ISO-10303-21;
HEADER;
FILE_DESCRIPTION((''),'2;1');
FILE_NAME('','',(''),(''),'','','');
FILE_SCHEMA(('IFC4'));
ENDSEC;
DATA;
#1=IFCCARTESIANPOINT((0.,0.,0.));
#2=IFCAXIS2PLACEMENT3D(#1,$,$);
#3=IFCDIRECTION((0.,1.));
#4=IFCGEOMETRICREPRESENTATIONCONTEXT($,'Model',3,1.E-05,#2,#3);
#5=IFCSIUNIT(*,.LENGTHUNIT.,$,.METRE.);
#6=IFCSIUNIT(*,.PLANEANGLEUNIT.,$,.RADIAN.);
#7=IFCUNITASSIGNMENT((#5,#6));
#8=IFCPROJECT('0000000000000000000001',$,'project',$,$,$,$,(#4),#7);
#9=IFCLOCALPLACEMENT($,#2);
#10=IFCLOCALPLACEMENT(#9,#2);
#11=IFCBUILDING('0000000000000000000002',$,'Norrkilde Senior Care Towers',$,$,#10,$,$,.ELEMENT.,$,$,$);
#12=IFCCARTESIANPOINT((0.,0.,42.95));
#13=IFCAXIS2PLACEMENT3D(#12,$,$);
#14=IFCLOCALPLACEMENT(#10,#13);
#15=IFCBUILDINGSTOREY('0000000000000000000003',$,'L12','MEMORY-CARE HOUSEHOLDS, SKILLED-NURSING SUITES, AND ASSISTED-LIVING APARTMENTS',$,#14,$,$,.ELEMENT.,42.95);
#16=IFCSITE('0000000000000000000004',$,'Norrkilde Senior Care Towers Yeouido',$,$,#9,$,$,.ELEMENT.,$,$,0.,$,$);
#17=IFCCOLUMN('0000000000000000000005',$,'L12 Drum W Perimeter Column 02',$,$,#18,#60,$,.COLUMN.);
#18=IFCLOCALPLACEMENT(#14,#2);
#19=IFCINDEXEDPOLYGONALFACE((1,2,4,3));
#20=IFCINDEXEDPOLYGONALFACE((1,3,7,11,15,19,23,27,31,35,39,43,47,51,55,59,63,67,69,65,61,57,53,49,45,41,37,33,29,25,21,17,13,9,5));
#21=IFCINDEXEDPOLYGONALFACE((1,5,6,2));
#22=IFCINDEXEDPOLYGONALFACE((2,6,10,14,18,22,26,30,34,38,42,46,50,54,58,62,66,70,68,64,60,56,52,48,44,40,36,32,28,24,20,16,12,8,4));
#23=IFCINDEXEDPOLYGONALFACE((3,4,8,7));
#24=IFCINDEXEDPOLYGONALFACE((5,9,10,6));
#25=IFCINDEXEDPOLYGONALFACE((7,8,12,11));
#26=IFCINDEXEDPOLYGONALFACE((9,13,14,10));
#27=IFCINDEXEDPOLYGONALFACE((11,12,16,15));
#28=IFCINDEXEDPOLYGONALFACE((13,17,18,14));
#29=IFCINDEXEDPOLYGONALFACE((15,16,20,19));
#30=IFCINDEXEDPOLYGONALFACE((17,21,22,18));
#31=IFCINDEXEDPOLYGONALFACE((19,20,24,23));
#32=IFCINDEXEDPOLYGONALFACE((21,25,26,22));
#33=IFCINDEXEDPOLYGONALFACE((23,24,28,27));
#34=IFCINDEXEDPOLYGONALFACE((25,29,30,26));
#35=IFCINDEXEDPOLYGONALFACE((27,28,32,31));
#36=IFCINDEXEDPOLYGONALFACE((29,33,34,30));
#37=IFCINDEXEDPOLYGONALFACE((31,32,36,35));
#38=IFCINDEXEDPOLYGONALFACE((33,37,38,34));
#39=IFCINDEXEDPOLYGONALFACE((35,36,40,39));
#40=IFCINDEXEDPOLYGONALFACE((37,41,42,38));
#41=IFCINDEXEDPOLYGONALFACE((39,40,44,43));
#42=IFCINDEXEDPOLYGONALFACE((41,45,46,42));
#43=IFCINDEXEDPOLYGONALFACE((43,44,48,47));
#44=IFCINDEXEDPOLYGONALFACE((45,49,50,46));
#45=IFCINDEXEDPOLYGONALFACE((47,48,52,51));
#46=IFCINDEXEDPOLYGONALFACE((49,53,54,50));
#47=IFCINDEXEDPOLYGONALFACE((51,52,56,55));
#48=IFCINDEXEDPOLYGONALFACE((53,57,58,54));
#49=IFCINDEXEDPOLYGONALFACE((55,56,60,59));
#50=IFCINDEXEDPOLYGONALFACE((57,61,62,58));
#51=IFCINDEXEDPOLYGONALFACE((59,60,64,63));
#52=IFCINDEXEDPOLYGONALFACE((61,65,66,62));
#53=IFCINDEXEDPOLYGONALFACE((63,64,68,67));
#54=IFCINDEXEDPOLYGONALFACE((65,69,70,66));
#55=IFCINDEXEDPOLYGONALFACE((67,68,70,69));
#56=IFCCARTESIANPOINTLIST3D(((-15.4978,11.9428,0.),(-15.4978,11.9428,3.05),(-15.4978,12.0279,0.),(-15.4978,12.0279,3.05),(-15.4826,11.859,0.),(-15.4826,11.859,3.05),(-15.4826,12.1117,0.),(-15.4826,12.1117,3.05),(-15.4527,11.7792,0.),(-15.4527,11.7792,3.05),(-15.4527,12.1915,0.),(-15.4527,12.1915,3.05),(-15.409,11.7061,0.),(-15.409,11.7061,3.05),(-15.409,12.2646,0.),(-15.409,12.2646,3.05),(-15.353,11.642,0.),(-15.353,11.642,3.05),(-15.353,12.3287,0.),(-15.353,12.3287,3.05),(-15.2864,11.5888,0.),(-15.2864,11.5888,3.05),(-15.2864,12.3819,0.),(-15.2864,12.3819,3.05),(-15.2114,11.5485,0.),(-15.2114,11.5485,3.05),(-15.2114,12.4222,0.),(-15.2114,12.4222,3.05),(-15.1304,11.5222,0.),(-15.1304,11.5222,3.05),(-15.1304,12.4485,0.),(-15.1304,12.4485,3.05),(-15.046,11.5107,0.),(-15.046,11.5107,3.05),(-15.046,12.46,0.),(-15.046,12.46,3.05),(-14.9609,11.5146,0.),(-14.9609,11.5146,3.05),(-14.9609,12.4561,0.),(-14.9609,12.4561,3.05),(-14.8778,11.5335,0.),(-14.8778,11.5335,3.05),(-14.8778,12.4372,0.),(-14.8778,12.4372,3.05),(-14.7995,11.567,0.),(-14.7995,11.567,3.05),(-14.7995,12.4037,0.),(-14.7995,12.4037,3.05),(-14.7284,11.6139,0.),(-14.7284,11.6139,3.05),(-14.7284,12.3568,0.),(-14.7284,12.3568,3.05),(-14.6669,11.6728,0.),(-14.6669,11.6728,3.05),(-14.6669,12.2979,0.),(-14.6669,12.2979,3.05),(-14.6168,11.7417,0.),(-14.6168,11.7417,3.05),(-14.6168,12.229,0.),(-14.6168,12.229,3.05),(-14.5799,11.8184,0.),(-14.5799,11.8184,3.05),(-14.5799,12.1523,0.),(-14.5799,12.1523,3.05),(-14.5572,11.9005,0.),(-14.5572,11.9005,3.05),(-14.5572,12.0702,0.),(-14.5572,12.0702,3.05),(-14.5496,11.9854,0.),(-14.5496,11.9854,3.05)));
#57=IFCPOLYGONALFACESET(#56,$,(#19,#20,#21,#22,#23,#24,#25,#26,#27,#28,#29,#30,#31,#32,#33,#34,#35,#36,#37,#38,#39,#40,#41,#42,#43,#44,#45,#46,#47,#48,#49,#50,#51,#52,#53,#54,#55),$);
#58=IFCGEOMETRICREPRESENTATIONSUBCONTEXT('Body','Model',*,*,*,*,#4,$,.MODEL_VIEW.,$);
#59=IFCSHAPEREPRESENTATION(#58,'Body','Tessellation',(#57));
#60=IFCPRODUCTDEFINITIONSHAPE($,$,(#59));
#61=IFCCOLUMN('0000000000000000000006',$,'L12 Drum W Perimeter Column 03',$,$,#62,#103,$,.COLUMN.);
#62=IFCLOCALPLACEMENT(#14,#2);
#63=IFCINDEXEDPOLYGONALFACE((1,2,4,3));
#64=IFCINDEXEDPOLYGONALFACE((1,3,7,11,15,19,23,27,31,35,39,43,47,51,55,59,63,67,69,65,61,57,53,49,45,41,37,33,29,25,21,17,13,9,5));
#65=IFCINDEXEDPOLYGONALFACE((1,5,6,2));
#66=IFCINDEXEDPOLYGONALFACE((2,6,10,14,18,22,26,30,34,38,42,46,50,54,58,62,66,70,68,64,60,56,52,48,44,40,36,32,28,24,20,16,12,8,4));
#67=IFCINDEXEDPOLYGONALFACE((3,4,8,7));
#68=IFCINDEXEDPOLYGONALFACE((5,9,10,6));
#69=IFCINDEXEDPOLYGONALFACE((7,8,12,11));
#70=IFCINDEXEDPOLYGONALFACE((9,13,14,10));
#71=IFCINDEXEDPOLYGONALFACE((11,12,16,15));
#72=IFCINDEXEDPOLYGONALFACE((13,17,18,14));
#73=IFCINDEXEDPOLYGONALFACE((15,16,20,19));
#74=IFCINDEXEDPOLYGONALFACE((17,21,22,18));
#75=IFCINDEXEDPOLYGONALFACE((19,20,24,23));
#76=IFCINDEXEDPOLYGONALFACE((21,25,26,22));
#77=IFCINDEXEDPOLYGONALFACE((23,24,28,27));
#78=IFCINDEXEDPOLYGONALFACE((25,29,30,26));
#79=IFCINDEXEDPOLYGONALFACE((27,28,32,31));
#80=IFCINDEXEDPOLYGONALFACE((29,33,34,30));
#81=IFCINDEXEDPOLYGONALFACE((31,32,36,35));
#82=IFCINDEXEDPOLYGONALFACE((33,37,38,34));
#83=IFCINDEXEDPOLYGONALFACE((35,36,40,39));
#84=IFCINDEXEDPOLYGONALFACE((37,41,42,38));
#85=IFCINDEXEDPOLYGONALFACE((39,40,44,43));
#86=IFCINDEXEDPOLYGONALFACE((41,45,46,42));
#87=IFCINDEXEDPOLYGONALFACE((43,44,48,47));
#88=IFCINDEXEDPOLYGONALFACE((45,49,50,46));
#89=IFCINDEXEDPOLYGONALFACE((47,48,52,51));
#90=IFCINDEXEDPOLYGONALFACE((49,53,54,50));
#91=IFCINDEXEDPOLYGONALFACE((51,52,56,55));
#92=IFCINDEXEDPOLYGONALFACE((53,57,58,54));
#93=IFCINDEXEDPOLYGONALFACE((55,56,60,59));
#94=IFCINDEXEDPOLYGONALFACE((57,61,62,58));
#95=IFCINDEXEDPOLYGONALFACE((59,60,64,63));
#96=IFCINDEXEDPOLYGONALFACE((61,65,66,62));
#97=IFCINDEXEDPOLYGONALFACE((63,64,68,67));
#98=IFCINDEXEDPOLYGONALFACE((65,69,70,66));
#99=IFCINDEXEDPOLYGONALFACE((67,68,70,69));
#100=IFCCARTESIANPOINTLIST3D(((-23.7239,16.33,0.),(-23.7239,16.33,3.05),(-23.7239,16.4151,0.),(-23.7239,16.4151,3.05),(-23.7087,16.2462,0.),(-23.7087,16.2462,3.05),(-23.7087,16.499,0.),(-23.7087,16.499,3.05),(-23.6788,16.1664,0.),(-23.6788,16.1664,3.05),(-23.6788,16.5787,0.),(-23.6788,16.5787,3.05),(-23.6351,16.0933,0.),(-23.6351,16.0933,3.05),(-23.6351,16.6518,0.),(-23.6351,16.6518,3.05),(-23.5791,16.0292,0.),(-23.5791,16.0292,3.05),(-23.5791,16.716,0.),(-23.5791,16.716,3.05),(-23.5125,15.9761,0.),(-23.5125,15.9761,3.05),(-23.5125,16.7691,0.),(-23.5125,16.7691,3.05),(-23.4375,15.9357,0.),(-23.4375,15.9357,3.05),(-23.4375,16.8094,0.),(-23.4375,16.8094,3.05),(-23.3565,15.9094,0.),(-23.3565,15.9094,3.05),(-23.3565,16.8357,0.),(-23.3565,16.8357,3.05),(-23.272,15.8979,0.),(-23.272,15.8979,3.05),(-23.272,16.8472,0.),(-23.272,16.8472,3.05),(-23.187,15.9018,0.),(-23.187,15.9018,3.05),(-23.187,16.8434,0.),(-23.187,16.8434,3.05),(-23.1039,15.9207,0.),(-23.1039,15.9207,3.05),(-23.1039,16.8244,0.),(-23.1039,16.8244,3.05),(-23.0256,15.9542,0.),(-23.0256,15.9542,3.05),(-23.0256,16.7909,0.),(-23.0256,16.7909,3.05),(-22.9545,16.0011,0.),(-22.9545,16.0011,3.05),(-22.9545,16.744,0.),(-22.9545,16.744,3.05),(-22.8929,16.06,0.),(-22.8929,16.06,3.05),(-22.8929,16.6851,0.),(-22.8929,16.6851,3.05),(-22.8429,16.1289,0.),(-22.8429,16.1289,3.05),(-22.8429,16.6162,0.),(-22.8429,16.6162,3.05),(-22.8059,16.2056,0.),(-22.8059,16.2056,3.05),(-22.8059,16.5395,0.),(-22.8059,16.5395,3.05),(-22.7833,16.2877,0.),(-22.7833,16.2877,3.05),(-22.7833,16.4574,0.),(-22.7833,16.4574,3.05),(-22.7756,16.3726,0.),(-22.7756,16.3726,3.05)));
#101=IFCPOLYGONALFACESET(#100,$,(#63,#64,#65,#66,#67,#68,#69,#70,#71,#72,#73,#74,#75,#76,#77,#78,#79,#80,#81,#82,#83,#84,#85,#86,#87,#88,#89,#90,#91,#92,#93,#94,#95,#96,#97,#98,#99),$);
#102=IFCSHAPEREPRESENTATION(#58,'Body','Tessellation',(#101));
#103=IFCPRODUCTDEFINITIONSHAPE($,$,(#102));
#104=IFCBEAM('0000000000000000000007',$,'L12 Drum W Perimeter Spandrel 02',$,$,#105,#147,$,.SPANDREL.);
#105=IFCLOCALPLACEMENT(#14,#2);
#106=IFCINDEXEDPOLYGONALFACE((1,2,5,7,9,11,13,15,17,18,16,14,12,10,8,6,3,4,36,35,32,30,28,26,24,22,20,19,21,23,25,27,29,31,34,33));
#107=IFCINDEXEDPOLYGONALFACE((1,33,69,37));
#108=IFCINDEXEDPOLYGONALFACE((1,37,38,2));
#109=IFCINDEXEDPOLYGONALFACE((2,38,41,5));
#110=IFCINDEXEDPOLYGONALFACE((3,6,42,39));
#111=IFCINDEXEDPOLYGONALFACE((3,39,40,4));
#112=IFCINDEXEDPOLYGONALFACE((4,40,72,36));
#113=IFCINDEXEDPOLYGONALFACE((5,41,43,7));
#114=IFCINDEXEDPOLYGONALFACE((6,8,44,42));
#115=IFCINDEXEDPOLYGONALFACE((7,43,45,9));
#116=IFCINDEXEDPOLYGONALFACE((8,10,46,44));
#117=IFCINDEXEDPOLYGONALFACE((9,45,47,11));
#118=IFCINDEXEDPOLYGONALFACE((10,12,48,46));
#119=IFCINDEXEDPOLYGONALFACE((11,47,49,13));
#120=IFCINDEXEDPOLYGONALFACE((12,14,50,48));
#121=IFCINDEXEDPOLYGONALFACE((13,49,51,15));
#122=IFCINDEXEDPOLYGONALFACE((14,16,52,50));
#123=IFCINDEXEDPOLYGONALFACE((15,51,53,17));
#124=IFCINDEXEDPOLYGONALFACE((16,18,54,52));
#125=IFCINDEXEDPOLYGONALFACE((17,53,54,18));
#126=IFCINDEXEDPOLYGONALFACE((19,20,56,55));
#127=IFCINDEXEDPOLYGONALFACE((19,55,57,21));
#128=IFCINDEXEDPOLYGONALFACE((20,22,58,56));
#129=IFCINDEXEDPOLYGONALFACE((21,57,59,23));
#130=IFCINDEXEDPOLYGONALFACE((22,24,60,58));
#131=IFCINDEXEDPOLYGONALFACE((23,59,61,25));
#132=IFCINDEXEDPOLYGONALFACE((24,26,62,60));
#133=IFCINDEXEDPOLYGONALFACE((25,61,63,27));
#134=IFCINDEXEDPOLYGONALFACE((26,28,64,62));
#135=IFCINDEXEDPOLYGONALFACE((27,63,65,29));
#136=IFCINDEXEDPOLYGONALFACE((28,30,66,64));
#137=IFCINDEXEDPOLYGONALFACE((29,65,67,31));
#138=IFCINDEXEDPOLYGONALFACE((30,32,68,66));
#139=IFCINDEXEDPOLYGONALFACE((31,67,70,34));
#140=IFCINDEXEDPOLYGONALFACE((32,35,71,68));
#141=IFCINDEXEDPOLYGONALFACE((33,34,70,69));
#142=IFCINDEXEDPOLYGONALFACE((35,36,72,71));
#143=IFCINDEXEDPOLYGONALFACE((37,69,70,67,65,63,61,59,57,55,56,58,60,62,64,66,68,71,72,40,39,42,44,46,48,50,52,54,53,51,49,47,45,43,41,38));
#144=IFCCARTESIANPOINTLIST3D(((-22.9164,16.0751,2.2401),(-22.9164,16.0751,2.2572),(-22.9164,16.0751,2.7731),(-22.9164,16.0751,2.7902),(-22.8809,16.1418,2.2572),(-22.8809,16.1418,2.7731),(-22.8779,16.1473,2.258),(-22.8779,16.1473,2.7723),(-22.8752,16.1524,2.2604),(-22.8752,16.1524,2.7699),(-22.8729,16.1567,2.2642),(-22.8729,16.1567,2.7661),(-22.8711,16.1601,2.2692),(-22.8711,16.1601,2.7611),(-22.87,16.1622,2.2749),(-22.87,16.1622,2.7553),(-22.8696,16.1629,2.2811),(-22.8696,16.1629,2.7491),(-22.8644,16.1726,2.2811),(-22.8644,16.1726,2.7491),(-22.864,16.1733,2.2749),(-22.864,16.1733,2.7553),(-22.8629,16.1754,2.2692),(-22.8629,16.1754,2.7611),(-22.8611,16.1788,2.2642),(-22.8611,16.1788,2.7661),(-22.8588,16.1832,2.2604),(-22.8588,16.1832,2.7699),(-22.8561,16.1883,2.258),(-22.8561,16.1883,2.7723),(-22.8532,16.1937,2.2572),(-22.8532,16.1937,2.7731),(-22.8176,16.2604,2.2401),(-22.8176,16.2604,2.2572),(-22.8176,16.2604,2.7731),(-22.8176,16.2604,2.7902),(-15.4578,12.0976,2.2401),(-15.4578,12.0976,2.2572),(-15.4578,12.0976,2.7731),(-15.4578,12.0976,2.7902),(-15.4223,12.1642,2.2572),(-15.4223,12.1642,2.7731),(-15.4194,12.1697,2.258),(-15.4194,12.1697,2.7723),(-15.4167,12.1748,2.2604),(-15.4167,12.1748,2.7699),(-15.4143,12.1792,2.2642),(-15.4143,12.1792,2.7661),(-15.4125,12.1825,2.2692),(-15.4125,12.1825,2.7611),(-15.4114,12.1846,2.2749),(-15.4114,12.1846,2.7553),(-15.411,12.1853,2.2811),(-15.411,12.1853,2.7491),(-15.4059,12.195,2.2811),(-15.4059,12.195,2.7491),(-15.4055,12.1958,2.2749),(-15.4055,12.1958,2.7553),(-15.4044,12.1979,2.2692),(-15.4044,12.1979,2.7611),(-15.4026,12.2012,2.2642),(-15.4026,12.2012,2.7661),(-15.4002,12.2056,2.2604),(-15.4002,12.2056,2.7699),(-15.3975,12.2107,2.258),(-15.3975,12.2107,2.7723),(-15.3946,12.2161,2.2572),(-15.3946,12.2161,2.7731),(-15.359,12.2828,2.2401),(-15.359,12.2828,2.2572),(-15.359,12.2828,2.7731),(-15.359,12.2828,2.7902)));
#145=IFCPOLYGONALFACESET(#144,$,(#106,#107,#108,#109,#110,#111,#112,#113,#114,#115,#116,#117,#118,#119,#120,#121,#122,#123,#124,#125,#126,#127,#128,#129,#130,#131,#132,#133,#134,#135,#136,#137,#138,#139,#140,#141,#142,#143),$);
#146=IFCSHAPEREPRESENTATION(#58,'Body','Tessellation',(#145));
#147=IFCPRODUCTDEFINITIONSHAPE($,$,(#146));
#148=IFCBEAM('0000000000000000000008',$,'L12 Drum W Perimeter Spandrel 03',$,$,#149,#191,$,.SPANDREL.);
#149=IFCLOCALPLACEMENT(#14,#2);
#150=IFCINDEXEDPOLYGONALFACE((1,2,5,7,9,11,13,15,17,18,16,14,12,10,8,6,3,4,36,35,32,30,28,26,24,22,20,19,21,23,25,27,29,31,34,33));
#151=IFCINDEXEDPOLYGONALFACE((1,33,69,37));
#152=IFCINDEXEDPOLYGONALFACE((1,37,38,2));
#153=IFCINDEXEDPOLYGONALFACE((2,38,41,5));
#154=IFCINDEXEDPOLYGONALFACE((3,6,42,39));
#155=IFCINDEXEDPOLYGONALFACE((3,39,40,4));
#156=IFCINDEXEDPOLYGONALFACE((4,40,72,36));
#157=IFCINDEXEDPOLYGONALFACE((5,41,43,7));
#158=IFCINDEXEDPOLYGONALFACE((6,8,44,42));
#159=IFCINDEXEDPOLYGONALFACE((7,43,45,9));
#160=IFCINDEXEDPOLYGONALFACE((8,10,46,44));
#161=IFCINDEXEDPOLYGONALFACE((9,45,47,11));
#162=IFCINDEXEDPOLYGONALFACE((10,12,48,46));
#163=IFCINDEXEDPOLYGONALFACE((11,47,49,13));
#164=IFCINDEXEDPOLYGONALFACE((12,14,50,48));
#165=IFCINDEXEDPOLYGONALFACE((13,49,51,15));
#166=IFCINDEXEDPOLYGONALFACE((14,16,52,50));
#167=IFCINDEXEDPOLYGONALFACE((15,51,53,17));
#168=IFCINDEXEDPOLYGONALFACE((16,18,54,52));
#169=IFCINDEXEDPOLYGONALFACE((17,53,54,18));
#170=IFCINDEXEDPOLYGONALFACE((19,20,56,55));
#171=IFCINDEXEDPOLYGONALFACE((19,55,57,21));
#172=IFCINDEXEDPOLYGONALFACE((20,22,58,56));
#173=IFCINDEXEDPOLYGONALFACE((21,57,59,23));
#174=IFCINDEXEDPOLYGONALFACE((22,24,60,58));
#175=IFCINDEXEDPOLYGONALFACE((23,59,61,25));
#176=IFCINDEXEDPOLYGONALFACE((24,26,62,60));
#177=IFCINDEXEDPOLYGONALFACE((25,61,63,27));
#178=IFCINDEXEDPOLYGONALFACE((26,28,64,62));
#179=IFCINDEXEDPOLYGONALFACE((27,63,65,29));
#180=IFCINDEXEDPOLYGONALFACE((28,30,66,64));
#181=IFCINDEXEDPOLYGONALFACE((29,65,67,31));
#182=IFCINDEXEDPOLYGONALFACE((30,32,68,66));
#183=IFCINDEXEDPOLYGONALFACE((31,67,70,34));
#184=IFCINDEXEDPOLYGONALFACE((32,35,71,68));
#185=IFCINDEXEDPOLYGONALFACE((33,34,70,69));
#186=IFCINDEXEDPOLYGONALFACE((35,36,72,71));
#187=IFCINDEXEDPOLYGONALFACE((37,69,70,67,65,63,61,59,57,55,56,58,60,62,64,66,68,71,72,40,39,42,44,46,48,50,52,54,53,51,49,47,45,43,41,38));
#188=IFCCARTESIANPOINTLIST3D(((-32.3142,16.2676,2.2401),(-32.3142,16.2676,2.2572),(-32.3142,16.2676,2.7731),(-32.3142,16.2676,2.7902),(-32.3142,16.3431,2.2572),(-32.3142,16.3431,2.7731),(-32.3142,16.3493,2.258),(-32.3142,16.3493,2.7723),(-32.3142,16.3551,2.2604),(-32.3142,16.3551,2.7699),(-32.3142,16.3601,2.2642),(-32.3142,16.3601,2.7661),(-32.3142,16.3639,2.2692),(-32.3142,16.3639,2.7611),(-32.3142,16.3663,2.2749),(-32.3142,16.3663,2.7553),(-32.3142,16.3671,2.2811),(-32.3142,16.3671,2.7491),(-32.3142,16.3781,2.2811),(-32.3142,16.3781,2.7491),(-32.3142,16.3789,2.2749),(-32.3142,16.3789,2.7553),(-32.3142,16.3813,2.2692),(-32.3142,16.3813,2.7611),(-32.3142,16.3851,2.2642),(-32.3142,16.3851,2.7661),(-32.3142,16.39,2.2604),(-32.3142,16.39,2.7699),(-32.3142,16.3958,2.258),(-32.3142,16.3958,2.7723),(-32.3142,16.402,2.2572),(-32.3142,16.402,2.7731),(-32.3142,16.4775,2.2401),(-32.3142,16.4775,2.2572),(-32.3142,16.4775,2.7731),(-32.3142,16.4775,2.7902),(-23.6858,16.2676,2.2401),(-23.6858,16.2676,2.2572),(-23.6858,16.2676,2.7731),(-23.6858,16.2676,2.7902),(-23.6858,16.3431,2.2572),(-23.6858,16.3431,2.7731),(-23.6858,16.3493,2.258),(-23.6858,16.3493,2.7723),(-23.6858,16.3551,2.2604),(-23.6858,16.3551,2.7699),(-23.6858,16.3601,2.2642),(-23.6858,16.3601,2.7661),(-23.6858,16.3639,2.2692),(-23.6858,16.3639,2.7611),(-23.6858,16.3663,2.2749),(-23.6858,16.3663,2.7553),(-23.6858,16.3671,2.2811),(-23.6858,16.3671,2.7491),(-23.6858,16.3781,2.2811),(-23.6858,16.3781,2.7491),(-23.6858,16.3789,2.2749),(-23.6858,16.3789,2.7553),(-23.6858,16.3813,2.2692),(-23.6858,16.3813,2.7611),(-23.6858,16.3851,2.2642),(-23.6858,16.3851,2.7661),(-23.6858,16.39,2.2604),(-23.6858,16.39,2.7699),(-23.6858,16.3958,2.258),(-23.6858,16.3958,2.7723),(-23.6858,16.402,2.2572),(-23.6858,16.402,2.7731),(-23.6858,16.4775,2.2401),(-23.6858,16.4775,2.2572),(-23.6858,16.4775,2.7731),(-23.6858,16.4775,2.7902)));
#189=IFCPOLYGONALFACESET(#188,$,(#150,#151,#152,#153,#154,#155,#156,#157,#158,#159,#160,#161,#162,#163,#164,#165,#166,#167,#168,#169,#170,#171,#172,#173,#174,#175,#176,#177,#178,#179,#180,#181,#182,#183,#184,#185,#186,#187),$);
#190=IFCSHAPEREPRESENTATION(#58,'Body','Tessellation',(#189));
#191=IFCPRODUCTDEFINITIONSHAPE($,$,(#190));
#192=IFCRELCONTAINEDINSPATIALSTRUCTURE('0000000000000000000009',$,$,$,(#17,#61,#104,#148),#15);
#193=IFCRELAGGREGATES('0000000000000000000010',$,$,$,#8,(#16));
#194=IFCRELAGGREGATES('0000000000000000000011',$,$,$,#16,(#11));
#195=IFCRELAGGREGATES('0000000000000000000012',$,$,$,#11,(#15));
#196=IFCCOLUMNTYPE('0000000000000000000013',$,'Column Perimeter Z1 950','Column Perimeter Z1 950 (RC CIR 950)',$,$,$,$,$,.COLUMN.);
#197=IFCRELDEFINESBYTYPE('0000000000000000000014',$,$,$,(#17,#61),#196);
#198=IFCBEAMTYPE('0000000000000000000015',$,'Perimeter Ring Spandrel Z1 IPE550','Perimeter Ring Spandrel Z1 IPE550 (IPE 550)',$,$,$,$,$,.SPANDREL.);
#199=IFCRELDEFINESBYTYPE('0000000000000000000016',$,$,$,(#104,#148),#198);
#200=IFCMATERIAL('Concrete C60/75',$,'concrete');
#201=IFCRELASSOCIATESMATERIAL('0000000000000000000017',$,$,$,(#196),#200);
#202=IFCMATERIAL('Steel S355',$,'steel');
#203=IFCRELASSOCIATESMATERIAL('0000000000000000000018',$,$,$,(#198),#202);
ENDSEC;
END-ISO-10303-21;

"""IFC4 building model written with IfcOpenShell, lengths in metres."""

from ifc_helpers import new_model, si_unit, direction, frame, origin, origin_2d, place, context, subcontext, project, spatial, circle, i_section, extrude, source, transform, mapped, material, material_profile, profile_set, type_object, type_shapes, element, save


model = new_model("IFC4")

# Units and contexts
model_context = context("Model", 3, precision=1e-05, world=origin(), true_north=direction((0.0, 1.0)))
body_context = subcontext(model_context, "Body", "Model", "MODEL_VIEW")
ifc_project = project(units=[si_unit("LENGTHUNIT", "METRE"), si_unit("PLANEANGLEUNIT", "RADIAN")], contexts=[model_context])

# Site, building, storey
site_placement = place(None, origin())
site = spatial("IfcSite", under=ifc_project, at=site_placement, Name="Norrkilde Senior Care Towers Yeouido", CompositionType="ELEMENT", RefElevation=0.0)
building_placement = place(site_placement, origin())
building = spatial("IfcBuilding", under=site, at=building_placement, Name="Norrkilde Senior Care Towers", CompositionType="ELEMENT")
storey_placement = place(building_placement, frame((0.0, 0.0, 42.95)))
storey = spatial("IfcBuildingStorey", under=building, at=storey_placement, Name="L12", Description="MEMORY-CARE HOUSEHOLDS, SKILLED-NURSING SUITES, AND ASSISTED-LIVING APARTMENTS", CompositionType="ELEMENT", Elevation=42.95)

# Columns
ifc_material_1 = material(Name="Concrete C60/75", Category="concrete")
ifc_material_profile_1 = material_profile(ifc_material_1, circle(Radius=0.4751, at=origin_2d()), Name="RC CIR 950")
ifc_profile_set_1 = profile_set([ifc_material_profile_1], Name="Concrete C60/75")
column_type = type_object("IfcColumnType", Name="Column Perimeter Z1 950", Description="Column Perimeter Z1 950 (RC CIR 950)", PredefinedType="COLUMN", material=ifc_profile_set_1)
shared_shape_1 = source(origin(), body_context, "Body", "SweptSolid", [
    extrude(circle(Radius=0.4751, at=origin_2d()), origin(), (0.0, 0.0, 1.0), 3.05),
])
type_shapes(column_type, [shared_shape_1])
for number, where, z_axis, x_axis, name in (
    (1, (-15.0247, 11.9854, 0.0), (0.0, 0.0, 1.0), (1.0, 0.0, 0.0), "L12 Drum W Perimeter Column 02"),
    (2, (-23.2507, 16.3726, 0.0), (0.0, 0.0, 1.0), (1.0, 0.0, 0.0), "L12 Drum W Perimeter Column 03"),
):
    element("IfcColumn", number, at=place(storey_placement, frame(where, z_axis=z_axis, x_axis=x_axis)), inside=storey, type_object=column_type, Name=name, PredefinedType="COLUMN", context=body_context, shape_type="MappedRepresentation", body=[
        mapped(shared_shape_1, transform((0.0, 0.0, 0.0), x_axis=(1.0, 0.0, 0.0), y_axis=(0.0, 1.0, 0.0), z_axis=(0.0, 0.0, 1.0), scale=1.0)),
    ])

# Beams
ifc_material_2 = material(Name="Steel S355", Category="steel")
ifc_material_profile_2 = material_profile(ifc_material_2, i_section(OverallWidth=0.21, OverallDepth=0.55, WebThickness=0.011, FlangeThickness=0.0171, FilletRadius=0.0239, at=origin_2d()), Name="IPE 550")
ifc_profile_set_2 = profile_set([ifc_material_profile_2], Name="Steel S355")
beam_type_1 = type_object("IfcBeamType", Name="Perimeter Ring Spandrel Z1 IPE550", Description="Perimeter Ring Spandrel Z1 IPE550 (IPE 550)", PredefinedType="SPANDREL", material=ifc_profile_set_2)
shared_shape_2 = source(origin(), body_context, "Body", "SweptSolid", [
    extrude(i_section(OverallWidth=0.21, OverallDepth=0.55, WebThickness=0.011, FlangeThickness=0.0171, FilletRadius=0.0239, at=origin_2d()), origin(), (0.0, 0.0, 1.0), 8.4529),
])
beam_1_placement = place(storey_placement, frame((-15.4084, 12.1902, 2.5151), z_axis=(-0.882369, 0.470558, 0.0), x_axis=(-0.470558, -0.882369, 0.0)))
element("IfcBeam", 3, at=beam_1_placement, inside=storey, type_object=beam_type_1, Name="L12 Drum W Perimeter Spandrel 02", PredefinedType="SPANDREL", context=body_context, shape_type="MappedRepresentation", body=[
    mapped(shared_shape_2, transform((0.0, 0.0, 0.0), x_axis=(1.0, 0.0, 0.0), y_axis=(0.0, 1.0, 0.0), z_axis=(0.0, 0.0, 1.0), scale=1.0)),
])
shared_shape_3 = source(origin(), body_context, "Body", "SweptSolid", [
    extrude(i_section(OverallWidth=0.21, OverallDepth=0.55, WebThickness=0.011, FlangeThickness=0.0171, FilletRadius=0.0239, at=origin_2d()), origin(), (0.0, 0.0, 1.0), 8.6284),
])
type_shapes(beam_type_1, [shared_shape_2, shared_shape_3])
beam_2_placement = place(storey_placement, frame((-23.6858, 16.3726, 2.5151), z_axis=(-1.0, 0.0, 0.0), x_axis=(0.0, -1.0, 0.0)))
element("IfcBeam", 4, at=beam_2_placement, inside=storey, type_object=beam_type_1, Name="L12 Drum W Perimeter Spandrel 03", PredefinedType="SPANDREL", context=body_context, shape_type="MappedRepresentation", body=[
    mapped(shared_shape_3, transform((0.0, 0.0, 0.0), x_axis=(1.0, 0.0, 0.0), y_axis=(0.0, 1.0, 0.0), z_axis=(0.0, 0.0, 1.0), scale=1.0)),
])

save(model, "model.ifc")
